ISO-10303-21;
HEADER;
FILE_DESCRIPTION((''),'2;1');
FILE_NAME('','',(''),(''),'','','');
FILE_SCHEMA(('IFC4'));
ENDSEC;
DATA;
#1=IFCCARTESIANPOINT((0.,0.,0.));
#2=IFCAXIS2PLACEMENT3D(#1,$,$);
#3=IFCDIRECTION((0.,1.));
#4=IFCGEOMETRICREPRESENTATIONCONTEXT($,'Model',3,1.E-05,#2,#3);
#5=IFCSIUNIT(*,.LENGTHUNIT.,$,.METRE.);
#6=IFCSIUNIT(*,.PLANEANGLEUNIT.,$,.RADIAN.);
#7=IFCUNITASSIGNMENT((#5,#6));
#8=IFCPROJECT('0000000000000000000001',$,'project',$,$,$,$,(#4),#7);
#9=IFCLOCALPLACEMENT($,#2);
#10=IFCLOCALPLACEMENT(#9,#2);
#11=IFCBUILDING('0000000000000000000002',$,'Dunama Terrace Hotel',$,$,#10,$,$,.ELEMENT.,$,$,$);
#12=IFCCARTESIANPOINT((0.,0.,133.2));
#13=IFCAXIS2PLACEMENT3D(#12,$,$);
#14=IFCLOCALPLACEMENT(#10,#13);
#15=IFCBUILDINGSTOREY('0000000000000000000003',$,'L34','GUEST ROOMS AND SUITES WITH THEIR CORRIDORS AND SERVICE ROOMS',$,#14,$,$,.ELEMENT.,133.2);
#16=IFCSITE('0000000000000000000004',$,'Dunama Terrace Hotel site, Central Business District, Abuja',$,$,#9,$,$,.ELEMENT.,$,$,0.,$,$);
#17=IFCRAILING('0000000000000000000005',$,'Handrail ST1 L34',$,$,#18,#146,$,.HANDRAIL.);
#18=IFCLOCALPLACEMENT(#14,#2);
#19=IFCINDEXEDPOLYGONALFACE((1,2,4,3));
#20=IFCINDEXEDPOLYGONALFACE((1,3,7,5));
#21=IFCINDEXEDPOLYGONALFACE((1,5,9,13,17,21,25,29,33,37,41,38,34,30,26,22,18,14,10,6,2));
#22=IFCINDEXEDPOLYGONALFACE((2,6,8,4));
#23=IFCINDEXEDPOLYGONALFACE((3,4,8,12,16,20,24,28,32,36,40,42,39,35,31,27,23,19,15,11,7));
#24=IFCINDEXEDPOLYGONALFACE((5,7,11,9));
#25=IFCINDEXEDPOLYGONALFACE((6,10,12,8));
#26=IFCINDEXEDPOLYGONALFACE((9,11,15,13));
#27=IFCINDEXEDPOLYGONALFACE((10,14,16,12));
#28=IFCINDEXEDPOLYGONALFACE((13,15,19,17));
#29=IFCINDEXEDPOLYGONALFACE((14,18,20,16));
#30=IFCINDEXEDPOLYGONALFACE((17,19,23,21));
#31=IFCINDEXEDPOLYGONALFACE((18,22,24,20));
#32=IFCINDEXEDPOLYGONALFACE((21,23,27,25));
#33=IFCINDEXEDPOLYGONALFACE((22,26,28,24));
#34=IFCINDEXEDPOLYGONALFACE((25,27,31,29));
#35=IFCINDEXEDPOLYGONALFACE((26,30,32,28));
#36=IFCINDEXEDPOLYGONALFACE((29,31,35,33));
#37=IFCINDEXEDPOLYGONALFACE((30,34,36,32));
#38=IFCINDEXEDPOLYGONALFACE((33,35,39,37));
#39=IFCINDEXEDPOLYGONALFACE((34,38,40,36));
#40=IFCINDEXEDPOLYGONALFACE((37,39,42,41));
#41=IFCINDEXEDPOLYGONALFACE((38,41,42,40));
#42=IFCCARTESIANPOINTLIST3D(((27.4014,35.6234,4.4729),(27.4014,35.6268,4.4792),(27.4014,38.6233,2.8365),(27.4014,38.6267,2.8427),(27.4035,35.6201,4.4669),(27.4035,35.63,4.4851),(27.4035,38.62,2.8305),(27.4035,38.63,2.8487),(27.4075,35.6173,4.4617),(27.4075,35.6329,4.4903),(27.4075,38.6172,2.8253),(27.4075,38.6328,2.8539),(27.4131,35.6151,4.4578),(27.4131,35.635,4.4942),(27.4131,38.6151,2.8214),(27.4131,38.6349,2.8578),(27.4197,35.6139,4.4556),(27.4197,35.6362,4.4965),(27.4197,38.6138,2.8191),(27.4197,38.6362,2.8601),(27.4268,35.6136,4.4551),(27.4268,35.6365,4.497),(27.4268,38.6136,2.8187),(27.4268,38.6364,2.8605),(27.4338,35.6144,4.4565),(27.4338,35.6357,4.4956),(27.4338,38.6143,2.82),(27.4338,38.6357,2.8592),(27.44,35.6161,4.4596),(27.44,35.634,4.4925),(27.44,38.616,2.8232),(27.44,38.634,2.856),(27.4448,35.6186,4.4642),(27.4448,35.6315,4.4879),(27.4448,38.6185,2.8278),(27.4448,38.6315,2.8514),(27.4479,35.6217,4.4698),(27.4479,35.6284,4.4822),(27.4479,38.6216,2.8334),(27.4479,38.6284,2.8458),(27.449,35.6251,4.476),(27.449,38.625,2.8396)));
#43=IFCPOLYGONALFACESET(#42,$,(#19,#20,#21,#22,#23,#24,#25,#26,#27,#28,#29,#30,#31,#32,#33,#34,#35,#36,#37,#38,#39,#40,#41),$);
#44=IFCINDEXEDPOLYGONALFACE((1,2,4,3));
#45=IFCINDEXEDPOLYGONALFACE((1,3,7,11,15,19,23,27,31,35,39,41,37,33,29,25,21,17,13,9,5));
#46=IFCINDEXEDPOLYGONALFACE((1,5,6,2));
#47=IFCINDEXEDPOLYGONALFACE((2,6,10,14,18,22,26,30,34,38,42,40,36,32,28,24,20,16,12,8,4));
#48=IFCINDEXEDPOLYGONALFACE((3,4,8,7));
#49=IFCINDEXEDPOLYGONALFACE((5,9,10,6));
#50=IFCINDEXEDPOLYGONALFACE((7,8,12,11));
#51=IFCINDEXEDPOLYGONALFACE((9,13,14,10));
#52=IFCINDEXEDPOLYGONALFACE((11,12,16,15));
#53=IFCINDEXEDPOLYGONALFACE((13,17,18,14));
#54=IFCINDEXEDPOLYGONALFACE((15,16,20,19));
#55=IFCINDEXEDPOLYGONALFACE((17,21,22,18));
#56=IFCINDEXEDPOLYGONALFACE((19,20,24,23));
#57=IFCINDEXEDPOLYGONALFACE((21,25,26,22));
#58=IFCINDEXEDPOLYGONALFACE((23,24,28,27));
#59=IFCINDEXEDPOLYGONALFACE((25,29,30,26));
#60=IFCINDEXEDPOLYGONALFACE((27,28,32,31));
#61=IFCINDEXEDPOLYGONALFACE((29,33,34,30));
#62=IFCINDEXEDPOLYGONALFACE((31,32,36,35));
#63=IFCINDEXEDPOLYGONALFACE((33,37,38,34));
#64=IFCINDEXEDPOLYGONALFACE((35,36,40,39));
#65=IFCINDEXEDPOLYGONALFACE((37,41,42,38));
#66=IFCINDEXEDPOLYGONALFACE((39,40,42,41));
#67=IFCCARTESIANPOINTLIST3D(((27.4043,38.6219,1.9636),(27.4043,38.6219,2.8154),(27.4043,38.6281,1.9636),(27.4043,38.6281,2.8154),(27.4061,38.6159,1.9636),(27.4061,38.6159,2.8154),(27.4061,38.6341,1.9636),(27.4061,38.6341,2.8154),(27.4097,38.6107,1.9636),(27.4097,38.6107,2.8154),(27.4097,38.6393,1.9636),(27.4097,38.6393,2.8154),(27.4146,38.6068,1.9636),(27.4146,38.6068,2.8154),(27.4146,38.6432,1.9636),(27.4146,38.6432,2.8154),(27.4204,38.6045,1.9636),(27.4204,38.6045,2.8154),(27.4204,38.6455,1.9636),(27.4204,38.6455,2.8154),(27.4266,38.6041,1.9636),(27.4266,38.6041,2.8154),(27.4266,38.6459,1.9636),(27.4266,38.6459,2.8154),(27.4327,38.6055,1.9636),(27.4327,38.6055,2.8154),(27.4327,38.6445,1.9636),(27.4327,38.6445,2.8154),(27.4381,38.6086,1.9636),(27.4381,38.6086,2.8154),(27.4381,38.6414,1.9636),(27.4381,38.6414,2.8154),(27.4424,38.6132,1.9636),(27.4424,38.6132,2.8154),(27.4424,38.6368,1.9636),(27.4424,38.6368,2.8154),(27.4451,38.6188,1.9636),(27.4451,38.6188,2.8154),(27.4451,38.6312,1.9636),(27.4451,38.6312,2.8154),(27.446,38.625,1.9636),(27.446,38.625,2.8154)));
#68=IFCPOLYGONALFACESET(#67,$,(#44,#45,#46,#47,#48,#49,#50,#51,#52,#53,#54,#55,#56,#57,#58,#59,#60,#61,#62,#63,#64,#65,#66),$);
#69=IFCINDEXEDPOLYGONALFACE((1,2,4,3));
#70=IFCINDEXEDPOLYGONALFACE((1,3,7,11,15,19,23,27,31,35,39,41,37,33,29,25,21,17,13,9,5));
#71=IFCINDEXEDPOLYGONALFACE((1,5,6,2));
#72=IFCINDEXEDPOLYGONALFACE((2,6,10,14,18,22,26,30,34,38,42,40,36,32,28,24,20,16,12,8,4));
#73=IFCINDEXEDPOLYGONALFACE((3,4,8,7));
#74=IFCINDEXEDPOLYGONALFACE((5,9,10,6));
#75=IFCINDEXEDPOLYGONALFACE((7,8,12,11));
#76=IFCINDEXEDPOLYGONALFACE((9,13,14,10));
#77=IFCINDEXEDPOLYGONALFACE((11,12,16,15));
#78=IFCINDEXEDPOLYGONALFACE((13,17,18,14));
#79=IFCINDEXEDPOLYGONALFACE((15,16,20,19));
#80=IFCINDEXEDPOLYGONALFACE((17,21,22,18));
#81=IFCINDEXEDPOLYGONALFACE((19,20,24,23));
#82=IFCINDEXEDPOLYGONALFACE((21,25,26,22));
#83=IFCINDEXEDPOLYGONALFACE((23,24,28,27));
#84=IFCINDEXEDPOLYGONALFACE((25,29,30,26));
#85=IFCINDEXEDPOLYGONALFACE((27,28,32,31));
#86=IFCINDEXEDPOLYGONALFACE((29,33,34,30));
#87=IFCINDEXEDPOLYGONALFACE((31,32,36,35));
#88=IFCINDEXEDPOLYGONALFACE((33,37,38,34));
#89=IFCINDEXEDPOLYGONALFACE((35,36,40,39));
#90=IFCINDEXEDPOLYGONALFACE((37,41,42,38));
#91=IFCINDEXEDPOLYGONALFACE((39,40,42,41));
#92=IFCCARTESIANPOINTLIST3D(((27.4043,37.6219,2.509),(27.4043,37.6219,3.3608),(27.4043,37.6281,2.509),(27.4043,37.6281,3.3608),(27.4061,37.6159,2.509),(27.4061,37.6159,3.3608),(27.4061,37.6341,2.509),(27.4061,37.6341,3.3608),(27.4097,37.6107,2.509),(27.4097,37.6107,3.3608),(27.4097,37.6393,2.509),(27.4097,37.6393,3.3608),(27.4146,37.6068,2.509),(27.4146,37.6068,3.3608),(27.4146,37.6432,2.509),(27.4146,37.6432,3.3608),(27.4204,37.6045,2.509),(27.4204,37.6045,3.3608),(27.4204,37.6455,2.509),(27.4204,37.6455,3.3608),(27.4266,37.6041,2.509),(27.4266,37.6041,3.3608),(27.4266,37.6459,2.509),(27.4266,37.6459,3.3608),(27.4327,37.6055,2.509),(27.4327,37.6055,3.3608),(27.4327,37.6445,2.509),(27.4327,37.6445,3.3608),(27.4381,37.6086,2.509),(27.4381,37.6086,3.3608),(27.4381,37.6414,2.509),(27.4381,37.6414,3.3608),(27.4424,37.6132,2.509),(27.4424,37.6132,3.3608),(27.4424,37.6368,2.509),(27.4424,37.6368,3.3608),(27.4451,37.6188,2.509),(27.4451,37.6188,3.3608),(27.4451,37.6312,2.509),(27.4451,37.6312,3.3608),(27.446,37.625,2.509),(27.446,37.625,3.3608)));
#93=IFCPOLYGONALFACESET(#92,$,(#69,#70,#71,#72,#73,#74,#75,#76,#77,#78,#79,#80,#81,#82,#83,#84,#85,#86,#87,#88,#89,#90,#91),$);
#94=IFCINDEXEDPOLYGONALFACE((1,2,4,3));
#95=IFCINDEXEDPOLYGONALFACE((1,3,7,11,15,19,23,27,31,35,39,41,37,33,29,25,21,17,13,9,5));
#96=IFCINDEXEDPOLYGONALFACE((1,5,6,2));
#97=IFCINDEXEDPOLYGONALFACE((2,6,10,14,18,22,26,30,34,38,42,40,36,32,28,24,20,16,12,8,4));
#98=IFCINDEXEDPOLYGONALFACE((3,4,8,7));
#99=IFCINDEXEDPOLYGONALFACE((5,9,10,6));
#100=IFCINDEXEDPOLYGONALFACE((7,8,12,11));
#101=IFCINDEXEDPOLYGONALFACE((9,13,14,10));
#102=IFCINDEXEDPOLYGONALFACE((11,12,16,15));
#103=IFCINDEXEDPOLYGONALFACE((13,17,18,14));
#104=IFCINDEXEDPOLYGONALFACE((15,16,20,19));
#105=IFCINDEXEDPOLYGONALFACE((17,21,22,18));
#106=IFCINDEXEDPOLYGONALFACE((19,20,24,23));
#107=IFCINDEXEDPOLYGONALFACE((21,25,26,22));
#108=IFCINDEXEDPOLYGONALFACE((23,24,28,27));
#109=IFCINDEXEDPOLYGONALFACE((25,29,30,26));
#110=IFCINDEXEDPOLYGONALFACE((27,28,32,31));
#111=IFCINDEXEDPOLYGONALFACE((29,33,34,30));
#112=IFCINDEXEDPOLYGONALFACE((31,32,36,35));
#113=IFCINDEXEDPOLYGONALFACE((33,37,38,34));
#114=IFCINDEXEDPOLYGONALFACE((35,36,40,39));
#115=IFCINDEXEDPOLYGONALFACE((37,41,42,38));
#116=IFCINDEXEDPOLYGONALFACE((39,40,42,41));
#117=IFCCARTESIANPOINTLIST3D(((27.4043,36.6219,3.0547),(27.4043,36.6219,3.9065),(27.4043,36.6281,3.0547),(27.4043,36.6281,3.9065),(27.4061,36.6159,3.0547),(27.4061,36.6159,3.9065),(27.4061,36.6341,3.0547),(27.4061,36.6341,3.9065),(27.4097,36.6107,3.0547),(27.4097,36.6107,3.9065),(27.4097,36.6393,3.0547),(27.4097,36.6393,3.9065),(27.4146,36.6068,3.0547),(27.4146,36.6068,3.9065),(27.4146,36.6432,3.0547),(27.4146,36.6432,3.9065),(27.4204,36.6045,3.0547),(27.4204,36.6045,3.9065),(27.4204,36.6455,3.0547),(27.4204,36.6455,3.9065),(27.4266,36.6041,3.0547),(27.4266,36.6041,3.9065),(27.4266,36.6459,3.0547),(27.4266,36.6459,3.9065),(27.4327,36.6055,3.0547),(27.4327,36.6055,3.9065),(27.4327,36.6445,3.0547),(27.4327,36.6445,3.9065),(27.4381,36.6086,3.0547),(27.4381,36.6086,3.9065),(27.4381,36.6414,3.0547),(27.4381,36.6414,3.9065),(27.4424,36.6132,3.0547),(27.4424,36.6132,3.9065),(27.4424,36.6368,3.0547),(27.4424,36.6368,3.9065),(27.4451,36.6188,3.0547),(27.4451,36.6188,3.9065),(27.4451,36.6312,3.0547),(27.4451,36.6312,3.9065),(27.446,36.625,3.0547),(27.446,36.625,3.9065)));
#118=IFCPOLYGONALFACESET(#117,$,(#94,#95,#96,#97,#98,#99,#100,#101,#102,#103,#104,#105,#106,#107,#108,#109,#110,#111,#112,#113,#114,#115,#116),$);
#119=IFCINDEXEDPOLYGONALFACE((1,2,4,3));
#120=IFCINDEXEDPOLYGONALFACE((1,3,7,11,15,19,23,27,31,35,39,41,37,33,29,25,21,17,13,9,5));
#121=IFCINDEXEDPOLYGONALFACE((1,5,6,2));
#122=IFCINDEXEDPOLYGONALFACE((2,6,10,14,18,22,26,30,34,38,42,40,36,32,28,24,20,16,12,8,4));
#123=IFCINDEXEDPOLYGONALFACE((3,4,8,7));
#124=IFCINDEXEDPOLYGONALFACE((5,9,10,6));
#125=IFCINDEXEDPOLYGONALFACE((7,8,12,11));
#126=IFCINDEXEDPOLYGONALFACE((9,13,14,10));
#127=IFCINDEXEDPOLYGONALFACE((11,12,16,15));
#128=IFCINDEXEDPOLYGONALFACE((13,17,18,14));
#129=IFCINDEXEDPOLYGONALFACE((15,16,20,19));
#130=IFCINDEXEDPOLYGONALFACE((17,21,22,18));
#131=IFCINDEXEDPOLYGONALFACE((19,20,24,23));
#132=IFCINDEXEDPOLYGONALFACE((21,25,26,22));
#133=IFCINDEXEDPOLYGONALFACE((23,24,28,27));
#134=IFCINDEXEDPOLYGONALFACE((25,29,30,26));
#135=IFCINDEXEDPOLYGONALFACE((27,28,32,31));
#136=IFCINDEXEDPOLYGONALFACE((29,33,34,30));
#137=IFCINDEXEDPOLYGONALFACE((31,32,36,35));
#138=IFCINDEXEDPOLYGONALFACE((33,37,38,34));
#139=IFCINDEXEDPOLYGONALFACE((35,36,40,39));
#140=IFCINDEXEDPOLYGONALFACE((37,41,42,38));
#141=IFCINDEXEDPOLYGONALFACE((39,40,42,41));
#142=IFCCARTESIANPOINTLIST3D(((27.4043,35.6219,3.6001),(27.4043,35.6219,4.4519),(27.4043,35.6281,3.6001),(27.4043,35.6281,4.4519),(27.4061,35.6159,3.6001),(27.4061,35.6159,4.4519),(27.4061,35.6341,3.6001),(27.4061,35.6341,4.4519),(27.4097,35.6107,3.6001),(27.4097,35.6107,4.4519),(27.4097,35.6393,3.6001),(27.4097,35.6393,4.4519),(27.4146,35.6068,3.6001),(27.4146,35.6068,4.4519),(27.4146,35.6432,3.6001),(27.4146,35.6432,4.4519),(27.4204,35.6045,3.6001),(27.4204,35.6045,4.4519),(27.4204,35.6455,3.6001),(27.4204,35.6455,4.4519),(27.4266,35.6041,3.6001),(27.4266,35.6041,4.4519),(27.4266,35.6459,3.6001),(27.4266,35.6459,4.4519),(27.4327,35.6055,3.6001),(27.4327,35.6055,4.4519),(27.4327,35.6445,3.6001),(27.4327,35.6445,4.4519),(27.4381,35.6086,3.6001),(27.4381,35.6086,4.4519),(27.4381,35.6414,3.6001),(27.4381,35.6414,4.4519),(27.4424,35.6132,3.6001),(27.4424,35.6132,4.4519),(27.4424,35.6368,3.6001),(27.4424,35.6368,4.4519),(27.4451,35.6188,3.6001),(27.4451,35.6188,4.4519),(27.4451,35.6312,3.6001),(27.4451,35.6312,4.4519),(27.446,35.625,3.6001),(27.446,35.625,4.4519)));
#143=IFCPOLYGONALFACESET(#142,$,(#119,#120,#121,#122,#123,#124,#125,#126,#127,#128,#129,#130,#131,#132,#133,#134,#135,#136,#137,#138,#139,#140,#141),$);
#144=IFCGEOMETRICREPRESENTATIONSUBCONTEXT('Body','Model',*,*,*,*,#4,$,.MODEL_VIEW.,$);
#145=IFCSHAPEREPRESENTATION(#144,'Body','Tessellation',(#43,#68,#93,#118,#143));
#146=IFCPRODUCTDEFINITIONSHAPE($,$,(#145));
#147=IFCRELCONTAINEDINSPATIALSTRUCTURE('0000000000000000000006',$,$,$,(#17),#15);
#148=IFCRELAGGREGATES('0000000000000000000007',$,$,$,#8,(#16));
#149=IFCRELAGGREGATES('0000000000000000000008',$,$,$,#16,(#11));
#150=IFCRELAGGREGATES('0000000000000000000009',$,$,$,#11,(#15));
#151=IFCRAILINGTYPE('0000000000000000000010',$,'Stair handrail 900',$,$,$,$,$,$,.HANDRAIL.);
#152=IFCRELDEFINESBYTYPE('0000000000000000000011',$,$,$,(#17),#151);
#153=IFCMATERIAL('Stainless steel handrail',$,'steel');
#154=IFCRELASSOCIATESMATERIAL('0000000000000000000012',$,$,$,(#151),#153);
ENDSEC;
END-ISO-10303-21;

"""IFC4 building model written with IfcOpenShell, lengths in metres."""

from ifc_helpers import new_model, si_unit, direction, frame, origin, origin_2d, place, context, subcontext, project, spatial, circle, extrude, material, type_object, element, save


model = new_model("IFC4")

# Units and contexts
model_context = context("Model", 3, precision=1e-05, world=origin(), true_north=direction((0.0, 1.0)))
body_context = subcontext(model_context, "Body", "Model", "MODEL_VIEW")
ifc_project = project(units=[si_unit("LENGTHUNIT", "METRE"), si_unit("PLANEANGLEUNIT", "RADIAN")], contexts=[model_context])

# Site, building, storey
site_placement = place(None, origin())
site = spatial("IfcSite", under=ifc_project, at=site_placement, Name="Dunama Terrace Hotel site, Central Business District, Abuja", CompositionType="ELEMENT", RefElevation=0.0)
building_placement = place(site_placement, origin())
building = spatial("IfcBuilding", under=site, at=building_placement, Name="Dunama Terrace Hotel", CompositionType="ELEMENT")
storey_placement = place(building_placement, frame((0.0, 0.0, 133.2)))
storey = spatial("IfcBuildingStorey", under=building, at=storey_placement, Name="L34", Description="GUEST ROOMS AND SUITES WITH THEIR CORRIDORS AND SERVICE ROOMS", CompositionType="ELEMENT", Elevation=133.2)

# Railing
ifc_material_1 = material(Name="Stainless steel handrail", Category="steel")
railing_type = type_object("IfcRailingType", Name="Stair handrail 900", PredefinedType="HANDRAIL", material=ifc_material_1)
railing_1_placement = place(storey_placement, frame((27.425, 38.625, 1.9636)))
element("IfcRailing", 1, at=railing_1_placement, inside=storey, type_object=railing_type, Name="Handrail ST1 L34", PredefinedType="HANDRAIL", context=body_context, shape_type="SweptSolid", body=[
    extrude(circle(Radius=0.0239, at=origin_2d()), frame((0.0, 0.0, 0.876), z_axis=(0.0, -0.877882, 0.478877), x_axis=(1.0, 0.0, 0.0)), (0.0, 0.0, 1.0), 3.4172),
    extrude(circle(Radius=0.021, at=origin_2d()), origin(), (0.0, 0.0, 1.0), 0.8518),
    extrude(circle(Radius=0.021, at=origin_2d()), frame((0.0, -1.0, 0.5454)), (0.0, 0.0, 1.0), 0.8518),
    extrude(circle(Radius=0.021, at=origin_2d()), frame((0.0, -2.0, 1.0911)), (0.0, 0.0, 1.0), 0.8518),
    extrude(circle(Radius=0.021, at=origin_2d()), frame((0.0, -3.0, 1.6365)), (0.0, 0.0, 1.0), 0.8518),
])

save(model, "model.ifc")
